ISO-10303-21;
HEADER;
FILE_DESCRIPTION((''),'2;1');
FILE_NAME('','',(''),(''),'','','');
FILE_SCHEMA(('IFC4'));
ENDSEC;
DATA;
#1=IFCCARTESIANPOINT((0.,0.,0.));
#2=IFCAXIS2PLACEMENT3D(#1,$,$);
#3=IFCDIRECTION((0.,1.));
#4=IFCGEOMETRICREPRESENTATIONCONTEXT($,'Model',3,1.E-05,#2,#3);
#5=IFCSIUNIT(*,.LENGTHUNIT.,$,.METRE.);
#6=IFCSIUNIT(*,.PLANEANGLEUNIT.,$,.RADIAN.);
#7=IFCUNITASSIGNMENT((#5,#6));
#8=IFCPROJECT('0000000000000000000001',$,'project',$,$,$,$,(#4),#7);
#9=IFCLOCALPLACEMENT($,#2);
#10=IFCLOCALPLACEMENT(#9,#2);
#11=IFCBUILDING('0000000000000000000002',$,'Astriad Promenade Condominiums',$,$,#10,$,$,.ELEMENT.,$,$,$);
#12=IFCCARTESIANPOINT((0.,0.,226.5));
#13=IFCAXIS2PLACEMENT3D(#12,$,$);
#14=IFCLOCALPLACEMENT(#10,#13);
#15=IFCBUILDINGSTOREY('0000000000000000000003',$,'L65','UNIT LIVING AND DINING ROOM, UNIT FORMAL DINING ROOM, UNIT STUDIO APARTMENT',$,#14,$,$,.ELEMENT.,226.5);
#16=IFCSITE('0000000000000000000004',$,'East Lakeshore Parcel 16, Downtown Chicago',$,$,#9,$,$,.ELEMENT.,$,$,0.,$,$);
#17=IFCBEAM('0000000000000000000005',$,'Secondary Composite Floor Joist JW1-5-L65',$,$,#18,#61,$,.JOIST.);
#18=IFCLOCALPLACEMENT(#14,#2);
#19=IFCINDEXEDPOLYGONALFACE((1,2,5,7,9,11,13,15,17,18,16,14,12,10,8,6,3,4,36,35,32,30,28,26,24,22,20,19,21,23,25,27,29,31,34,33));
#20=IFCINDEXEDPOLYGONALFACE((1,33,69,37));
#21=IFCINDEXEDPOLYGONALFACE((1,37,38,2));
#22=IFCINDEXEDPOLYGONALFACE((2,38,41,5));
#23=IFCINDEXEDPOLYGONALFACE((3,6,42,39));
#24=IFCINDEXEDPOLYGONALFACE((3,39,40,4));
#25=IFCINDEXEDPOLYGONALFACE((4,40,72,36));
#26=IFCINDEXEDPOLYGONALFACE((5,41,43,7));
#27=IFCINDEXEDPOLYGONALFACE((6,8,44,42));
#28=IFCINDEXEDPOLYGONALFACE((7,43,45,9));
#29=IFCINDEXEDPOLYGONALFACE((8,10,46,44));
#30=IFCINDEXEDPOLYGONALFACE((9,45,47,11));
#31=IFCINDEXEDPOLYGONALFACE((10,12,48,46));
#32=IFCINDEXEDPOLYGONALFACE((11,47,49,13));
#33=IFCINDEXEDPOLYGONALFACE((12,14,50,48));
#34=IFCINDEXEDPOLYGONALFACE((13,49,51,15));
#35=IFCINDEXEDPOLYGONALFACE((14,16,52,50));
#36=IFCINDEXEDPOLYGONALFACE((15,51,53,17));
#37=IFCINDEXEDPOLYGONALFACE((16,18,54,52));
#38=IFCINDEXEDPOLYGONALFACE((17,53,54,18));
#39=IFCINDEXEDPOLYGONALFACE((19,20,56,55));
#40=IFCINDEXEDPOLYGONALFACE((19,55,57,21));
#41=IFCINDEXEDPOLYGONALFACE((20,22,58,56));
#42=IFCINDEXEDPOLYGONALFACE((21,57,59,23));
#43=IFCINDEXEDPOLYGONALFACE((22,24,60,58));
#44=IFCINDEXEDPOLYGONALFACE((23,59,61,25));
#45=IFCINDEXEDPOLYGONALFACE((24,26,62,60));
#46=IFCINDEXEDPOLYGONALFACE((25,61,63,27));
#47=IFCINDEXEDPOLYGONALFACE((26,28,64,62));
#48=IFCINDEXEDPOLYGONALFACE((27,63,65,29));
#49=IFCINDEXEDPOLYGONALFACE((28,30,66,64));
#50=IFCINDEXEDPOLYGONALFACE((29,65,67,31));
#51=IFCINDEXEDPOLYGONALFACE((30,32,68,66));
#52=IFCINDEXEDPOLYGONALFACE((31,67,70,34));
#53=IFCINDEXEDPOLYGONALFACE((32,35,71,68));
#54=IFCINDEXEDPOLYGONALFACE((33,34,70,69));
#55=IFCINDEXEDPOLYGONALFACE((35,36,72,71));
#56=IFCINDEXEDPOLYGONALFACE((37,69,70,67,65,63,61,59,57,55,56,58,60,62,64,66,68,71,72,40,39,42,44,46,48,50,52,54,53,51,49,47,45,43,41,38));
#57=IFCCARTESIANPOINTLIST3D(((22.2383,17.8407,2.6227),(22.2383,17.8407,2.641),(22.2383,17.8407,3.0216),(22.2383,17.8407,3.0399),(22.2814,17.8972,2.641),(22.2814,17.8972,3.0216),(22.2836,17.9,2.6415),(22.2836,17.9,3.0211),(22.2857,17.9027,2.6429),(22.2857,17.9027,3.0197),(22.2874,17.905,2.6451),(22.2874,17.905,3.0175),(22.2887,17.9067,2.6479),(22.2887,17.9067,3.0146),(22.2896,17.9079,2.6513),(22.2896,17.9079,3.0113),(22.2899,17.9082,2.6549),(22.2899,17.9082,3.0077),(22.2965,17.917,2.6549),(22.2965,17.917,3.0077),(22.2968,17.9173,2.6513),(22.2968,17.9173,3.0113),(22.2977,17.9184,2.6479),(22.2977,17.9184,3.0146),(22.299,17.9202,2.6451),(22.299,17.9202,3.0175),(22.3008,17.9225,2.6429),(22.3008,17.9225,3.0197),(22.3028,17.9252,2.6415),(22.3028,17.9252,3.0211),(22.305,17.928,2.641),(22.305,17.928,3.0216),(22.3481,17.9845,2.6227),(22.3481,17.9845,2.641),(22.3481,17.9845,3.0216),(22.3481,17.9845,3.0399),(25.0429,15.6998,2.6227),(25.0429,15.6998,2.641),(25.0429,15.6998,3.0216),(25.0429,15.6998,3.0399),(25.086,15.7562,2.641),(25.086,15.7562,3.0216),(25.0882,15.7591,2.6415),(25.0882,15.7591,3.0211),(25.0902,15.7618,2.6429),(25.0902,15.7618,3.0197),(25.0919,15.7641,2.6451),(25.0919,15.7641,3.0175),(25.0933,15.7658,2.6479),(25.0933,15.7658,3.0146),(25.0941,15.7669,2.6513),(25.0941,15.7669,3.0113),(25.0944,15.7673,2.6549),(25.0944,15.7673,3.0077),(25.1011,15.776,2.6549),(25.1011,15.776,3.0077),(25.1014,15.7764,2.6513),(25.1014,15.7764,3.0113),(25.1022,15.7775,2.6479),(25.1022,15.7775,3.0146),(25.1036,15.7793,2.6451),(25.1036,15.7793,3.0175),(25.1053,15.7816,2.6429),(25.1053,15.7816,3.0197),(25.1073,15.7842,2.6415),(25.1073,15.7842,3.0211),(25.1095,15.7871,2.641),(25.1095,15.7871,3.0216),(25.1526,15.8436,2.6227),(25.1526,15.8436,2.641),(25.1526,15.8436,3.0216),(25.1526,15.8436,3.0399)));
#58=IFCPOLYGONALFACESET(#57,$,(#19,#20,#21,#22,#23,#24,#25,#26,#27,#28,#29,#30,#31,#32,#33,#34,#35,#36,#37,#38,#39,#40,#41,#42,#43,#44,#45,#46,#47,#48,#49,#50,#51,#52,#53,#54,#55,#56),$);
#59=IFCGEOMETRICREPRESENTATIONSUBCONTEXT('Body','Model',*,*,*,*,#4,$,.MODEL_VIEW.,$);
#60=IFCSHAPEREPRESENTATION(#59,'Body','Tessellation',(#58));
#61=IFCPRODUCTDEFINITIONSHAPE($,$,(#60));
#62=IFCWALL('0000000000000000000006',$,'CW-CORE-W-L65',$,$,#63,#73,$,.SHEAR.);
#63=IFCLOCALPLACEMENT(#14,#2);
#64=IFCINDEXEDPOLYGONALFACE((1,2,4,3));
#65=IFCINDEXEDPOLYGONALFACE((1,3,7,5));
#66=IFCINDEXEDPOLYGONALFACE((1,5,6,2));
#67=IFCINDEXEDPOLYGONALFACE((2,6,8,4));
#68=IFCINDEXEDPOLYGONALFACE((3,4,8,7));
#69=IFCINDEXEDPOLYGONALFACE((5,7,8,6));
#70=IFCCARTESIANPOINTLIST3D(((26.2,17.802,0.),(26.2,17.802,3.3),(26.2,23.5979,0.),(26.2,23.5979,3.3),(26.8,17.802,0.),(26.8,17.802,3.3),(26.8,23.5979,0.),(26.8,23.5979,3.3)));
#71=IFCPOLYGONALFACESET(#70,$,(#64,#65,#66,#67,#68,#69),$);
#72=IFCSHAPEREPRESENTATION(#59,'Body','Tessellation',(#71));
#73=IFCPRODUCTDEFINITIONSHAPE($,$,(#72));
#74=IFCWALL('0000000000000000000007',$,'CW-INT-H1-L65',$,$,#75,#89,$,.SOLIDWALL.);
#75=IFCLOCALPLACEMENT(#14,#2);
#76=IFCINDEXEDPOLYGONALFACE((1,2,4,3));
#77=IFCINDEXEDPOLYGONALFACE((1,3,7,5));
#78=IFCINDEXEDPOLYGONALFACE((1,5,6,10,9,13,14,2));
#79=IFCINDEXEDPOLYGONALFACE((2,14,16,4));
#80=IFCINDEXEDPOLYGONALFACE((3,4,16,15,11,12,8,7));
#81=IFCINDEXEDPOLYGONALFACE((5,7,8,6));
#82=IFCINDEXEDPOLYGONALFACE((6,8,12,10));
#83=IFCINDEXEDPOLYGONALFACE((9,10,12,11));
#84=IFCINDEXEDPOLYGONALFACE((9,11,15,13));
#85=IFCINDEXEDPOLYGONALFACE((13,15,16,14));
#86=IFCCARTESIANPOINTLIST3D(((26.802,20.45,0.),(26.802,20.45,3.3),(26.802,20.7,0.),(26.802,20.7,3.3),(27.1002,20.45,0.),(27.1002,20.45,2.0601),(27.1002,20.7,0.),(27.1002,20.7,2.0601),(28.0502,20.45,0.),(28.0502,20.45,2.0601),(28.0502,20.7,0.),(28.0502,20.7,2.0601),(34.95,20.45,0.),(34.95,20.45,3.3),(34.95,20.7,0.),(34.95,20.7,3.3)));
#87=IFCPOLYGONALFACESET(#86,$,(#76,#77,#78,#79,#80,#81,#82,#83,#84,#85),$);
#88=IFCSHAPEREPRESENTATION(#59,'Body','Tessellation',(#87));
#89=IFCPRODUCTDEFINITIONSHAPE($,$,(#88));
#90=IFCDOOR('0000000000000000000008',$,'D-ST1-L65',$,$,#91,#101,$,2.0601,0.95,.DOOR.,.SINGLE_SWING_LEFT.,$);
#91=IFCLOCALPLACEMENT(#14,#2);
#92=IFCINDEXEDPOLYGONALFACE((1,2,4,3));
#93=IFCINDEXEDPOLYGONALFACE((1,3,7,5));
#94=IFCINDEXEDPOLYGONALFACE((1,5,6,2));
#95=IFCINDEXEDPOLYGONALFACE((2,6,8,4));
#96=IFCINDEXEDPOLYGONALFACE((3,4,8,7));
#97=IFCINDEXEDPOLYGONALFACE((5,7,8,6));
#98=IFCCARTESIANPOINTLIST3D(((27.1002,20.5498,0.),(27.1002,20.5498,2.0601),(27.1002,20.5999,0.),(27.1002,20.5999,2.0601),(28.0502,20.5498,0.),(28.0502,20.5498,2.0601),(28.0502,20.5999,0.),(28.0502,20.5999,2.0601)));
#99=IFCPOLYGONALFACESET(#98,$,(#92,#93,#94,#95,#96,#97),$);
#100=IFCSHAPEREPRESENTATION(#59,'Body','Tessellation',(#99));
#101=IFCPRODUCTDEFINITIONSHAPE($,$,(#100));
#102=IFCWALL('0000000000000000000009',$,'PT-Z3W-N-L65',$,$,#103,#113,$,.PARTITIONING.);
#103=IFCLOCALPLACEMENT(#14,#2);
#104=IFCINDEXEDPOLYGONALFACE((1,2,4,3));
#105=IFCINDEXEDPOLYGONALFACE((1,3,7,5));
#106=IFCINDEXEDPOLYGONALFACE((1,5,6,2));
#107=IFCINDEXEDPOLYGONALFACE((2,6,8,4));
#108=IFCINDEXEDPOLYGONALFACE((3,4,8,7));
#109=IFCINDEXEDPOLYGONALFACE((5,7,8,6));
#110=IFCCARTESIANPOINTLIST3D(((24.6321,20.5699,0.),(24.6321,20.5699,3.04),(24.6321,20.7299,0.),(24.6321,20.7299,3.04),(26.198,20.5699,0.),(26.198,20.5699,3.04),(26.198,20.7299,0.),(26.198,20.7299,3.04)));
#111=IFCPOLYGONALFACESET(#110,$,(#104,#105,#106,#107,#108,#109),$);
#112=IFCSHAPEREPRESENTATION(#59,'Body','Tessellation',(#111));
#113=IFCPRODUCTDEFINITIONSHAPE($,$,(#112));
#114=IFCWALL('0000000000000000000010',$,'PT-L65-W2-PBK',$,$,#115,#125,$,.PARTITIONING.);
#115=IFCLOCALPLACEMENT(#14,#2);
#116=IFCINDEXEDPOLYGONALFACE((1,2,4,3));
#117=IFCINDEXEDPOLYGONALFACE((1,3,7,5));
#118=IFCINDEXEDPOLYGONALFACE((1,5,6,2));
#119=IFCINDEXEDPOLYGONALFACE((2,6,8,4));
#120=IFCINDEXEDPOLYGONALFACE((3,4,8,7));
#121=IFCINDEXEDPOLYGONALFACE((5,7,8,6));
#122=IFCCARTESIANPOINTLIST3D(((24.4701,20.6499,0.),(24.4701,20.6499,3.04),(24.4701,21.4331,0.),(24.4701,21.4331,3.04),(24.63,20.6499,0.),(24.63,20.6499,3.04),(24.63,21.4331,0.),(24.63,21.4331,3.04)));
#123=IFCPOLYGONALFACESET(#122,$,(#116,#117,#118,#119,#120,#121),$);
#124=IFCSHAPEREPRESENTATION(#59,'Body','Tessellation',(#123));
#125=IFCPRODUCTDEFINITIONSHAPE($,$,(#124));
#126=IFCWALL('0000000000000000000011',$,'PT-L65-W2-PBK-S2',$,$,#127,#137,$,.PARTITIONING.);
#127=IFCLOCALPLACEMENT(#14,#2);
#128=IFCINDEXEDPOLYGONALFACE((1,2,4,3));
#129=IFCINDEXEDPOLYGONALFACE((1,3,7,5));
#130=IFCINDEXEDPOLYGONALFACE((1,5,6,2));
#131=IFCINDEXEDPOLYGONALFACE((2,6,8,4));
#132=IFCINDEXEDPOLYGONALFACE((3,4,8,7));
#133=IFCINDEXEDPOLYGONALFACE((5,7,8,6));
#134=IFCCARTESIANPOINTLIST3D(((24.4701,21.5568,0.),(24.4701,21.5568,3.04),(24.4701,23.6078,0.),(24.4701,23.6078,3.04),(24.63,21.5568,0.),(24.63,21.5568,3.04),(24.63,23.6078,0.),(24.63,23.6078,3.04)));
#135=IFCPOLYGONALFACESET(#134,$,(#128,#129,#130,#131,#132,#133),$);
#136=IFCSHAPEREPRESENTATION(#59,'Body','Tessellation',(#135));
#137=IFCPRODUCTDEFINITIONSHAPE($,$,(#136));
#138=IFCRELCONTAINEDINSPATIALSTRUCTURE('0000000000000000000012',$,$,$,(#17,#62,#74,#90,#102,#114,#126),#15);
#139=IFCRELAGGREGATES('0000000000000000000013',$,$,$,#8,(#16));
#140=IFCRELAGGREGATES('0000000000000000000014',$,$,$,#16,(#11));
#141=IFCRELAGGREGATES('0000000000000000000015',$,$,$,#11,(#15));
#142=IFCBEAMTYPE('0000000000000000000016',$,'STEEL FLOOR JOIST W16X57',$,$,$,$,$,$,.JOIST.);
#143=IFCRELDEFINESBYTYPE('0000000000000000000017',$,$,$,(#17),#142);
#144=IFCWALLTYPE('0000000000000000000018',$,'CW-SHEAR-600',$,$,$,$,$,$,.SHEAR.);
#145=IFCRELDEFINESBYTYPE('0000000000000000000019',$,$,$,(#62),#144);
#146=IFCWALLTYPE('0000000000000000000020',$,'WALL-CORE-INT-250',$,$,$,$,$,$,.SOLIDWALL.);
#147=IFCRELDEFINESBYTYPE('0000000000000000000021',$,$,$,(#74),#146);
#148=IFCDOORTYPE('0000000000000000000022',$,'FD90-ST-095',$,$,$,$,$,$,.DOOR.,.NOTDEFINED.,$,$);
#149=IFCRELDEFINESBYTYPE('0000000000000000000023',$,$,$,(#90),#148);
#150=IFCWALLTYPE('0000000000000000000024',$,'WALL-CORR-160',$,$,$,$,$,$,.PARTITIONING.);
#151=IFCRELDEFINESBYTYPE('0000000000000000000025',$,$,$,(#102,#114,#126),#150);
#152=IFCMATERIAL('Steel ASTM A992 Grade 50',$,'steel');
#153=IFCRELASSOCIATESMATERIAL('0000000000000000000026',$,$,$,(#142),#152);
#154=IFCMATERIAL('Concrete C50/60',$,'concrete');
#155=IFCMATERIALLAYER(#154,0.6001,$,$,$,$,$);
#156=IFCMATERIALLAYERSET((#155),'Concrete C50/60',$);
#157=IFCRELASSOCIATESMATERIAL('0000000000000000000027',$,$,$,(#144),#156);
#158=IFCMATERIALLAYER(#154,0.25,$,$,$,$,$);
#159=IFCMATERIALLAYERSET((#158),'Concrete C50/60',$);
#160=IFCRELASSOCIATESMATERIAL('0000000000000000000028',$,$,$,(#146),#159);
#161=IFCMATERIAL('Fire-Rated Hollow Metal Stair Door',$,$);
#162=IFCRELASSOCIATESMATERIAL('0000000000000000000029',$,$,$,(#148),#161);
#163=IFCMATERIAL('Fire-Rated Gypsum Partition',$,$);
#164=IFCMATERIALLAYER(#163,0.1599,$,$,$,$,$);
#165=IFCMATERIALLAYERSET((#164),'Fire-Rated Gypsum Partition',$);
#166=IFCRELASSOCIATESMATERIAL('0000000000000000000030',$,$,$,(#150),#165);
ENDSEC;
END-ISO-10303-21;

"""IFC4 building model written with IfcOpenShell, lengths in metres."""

from ifc_helpers import new_model, si_unit, direction, frame, frame_2d, origin, origin_2d, place, context, subcontext, project, spatial, rectangle, i_section, extrude, source, transform, mapped, material, layer, layer_set, material_profile, profile_set, type_object, type_shapes, element, fill, save


model = new_model("IFC4")

# Units and contexts
model_context = context("Model", 3, precision=1e-05, world=origin(), true_north=direction((0.0, 1.0)))
body_context = subcontext(model_context, "Body", "Model", "MODEL_VIEW")
ifc_project = project(units=[si_unit("LENGTHUNIT", "METRE"), si_unit("PLANEANGLEUNIT", "RADIAN")], contexts=[model_context])

# Site, building, storey
site_placement = place(None, origin())
site = spatial("IfcSite", under=ifc_project, at=site_placement, Name="East Lakeshore Parcel 16, Downtown Chicago", CompositionType="ELEMENT", RefElevation=0.0)
building_placement = place(site_placement, origin())
building = spatial("IfcBuilding", under=site, at=building_placement, Name="Astriad Promenade Condominiums", CompositionType="ELEMENT")
storey_placement = place(building_placement, frame((0.0, 0.0, 226.5)))
storey = spatial("IfcBuildingStorey", under=building, at=storey_placement, Name="L65", Description="UNIT LIVING AND DINING ROOM, UNIT FORMAL DINING ROOM, UNIT STUDIO APARTMENT", CompositionType="ELEMENT", Elevation=226.5)

# Beam
ifc_material_1 = material(Name="Steel ASTM A992 Grade 50", Category="steel")
ifc_material_profile = material_profile(ifc_material_1, i_section(OverallWidth=0.1809, OverallDepth=0.4172, WebThickness=0.011, FlangeThickness=0.0183, FilletRadius=0.0139, at=origin_2d()), Name="W16X57")
ifc_profile_set = profile_set([ifc_material_profile], Name="Steel ASTM A992 Grade 50")
beam_type = type_object("IfcBeamType", Name="STEEL FLOOR JOIST W16X57", PredefinedType="JOIST", material=ifc_profile_set)
shared_shape_1 = source(origin(), body_context, "Body", "SweptSolid", [
    extrude(i_section(OverallWidth=0.1809, OverallDepth=0.4172, WebThickness=0.011, FlangeThickness=0.0183, FilletRadius=0.0139, at=origin_2d()), origin(), (0.0, 0.0, 1.0), 3.5283),
])
type_shapes(beam_type, [shared_shape_1])
beam_placement = place(storey_placement, frame((22.2932, 17.9126, 2.8313), z_axis=(0.794864, -0.606787, 0.0), x_axis=(0.606787, 0.794864, 0.0)))
element("IfcBeam", 1, at=beam_placement, inside=storey, type_object=beam_type, Name="Secondary Composite Floor Joist JW1-5-L65", PredefinedType="JOIST", context=body_context, shape_type="MappedRepresentation", body=[
    mapped(shared_shape_1, transform((0.0, 0.0, 0.0), scale=1.0)),
])

# Wall
ifc_material_2 = material(Name="Concrete C50/60", Category="concrete")
ifc_layer_1 = layer(ifc_material_2, 0.6001)
ifc_layer_set_1 = layer_set([ifc_layer_1], Name="Concrete C50/60")
wall_type_1 = type_object("IfcWallType", Name="CW-SHEAR-600", PredefinedType="SHEAR", material=ifc_layer_set_1)
wall_1_placement = place(storey_placement, frame((26.5, 17.802, 0.0), z_axis=(0.0, 0.0, 1.0), x_axis=(0.0, 1.0, 0.0)))
element("IfcWall", 2, at=wall_1_placement, inside=storey, type_object=wall_type_1, Name="CW-CORE-W-L65", PredefinedType="SHEAR", context=body_context, shape_type="SweptSolid", body=[
    extrude(rectangle(XDim=5.7959, YDim=0.6001, at=frame_2d((2.8979, 0.0))), origin(), (0.0, 0.0, 1.0), 3.3),
])

# Wall, opening, door
ifc_layer_2 = layer(ifc_material_2, 0.25)
ifc_layer_set_2 = layer_set([ifc_layer_2], Name="Concrete C50/60")
wall_type_2 = type_object("IfcWallType", Name="WALL-CORE-INT-250", PredefinedType="SOLIDWALL", material=ifc_layer_set_2)
wall_2_placement = place(storey_placement, frame((26.802, 20.575, 0.0), z_axis=(0.0, 0.0, 1.0), x_axis=(1.0, 0.0, 0.0)))
wall_2 = element("IfcWall", 3, at=wall_2_placement, inside=storey, type_object=wall_type_2, Name="CW-INT-H1-L65", PredefinedType="SOLIDWALL", context=body_context, shape_type="SweptSolid", body=[
    extrude(rectangle(XDim=8.1479, YDim=0.25, at=frame_2d((4.074, 0.0))), origin(), (0.0, 0.0, 1.0), 3.3),
])
opening_1_placement = place(wall_2_placement, frame((0.2981, 0.0, 0.0)))
opening_1 = element("IfcOpeningElement", 4, at=opening_1_placement, cuts=wall_2, PredefinedType="OPENING", context=body_context, shape_type="SweptSolid", body=[
    extrude(rectangle(XDim=0.95, YDim=2.0601, at=frame_2d((0.4751, 1.03))), frame((0.0, 0.135, 0.0), z_axis=(0.0, -1.0, 0.0), x_axis=(1.0, 0.0, 0.0)), (0.0, 0.0, 1.0), 0.27),
])
ifc_material_3 = material(Name="Fire-Rated Hollow Metal Stair Door")
door_type_1 = type_object("IfcDoorType", Name="FD90-ST-095", OperationType="NOTDEFINED", PredefinedType="DOOR", material=ifc_material_3)
shared_shape_2 = source(origin(), body_context, "Body", "SweptSolid", [
    extrude(rectangle(XDim=0.95, YDim=2.0601, at=frame_2d((0.4751, 1.03))), frame((0.0, 0.0249, 0.0), z_axis=(0.0, -1.0, 0.0), x_axis=(1.0, 0.0, 0.0)), (0.0, 0.0, 1.0), 0.05),
])
type_shapes(door_type_1, [shared_shape_2])
door_1_placement = place(opening_1_placement, origin())
door_1 = element("IfcDoor", 5, at=door_1_placement, inside=storey, type_object=door_type_1, Name="D-ST1-L65", OperationType="SINGLE_SWING_LEFT", OverallHeight=2.0601, OverallWidth=0.95, PredefinedType="DOOR", context=body_context, shape_type="MappedRepresentation", body=[
    mapped(shared_shape_2, transform((0.0, 0.0, 0.0), scale=1.0)),
])
fill(opening_1, door_1)

# Walls
ifc_material_4 = material(Name="Fire-Rated Gypsum Partition")
ifc_layer_3 = layer(ifc_material_4, 0.1599)
ifc_layer_set_3 = layer_set([ifc_layer_3], Name="Fire-Rated Gypsum Partition")
wall_type_3 = type_object("IfcWallType", Name="WALL-CORR-160", PredefinedType="PARTITIONING", material=ifc_layer_set_3)
wall_3_placement = place(storey_placement, frame((24.6321, 20.6499, 0.0), z_axis=(0.0, 0.0, 1.0), x_axis=(1.0, 0.0, 0.0)))
element("IfcWall", 6, at=wall_3_placement, inside=storey, type_object=wall_type_3, Name="PT-Z3W-N-L65", PredefinedType="PARTITIONING", context=body_context, shape_type="SweptSolid", body=[
    extrude(rectangle(XDim=1.5659, YDim=0.1599, at=frame_2d((0.783, 0.0))), origin(), (0.0, 0.0, 1.0), 3.04),
])
wall_4_placement = place(storey_placement, frame((24.55, 20.6499, 0.0), z_axis=(0.0, 0.0, 1.0), x_axis=(0.0, 1.0, 0.0)))
element("IfcWall", 7, at=wall_4_placement, inside=storey, type_object=wall_type_3, Name="PT-L65-W2-PBK", PredefinedType="PARTITIONING", context=body_context, shape_type="SweptSolid", body=[
    extrude(rectangle(XDim=0.7832, YDim=0.1599, at=frame_2d((0.3916, 0.0))), origin(), (0.0, 0.0, 1.0), 3.04),
])
wall_5_placement = place(storey_placement, frame((24.55, 21.5569, 0.0), z_axis=(0.0, 0.0, 1.0), x_axis=(0.0, 1.0, 0.0)))
element("IfcWall", 8, at=wall_5_placement, inside=storey, type_object=wall_type_3, Name="PT-L65-W2-PBK-S2", PredefinedType="PARTITIONING", context=body_context, shape_type="SweptSolid", body=[
    extrude(rectangle(XDim=2.051, YDim=0.1599, at=frame_2d((1.0254, 0.0))), origin(), (0.0, 0.0, 1.0), 3.04),
])

save(model, "model.ifc")
